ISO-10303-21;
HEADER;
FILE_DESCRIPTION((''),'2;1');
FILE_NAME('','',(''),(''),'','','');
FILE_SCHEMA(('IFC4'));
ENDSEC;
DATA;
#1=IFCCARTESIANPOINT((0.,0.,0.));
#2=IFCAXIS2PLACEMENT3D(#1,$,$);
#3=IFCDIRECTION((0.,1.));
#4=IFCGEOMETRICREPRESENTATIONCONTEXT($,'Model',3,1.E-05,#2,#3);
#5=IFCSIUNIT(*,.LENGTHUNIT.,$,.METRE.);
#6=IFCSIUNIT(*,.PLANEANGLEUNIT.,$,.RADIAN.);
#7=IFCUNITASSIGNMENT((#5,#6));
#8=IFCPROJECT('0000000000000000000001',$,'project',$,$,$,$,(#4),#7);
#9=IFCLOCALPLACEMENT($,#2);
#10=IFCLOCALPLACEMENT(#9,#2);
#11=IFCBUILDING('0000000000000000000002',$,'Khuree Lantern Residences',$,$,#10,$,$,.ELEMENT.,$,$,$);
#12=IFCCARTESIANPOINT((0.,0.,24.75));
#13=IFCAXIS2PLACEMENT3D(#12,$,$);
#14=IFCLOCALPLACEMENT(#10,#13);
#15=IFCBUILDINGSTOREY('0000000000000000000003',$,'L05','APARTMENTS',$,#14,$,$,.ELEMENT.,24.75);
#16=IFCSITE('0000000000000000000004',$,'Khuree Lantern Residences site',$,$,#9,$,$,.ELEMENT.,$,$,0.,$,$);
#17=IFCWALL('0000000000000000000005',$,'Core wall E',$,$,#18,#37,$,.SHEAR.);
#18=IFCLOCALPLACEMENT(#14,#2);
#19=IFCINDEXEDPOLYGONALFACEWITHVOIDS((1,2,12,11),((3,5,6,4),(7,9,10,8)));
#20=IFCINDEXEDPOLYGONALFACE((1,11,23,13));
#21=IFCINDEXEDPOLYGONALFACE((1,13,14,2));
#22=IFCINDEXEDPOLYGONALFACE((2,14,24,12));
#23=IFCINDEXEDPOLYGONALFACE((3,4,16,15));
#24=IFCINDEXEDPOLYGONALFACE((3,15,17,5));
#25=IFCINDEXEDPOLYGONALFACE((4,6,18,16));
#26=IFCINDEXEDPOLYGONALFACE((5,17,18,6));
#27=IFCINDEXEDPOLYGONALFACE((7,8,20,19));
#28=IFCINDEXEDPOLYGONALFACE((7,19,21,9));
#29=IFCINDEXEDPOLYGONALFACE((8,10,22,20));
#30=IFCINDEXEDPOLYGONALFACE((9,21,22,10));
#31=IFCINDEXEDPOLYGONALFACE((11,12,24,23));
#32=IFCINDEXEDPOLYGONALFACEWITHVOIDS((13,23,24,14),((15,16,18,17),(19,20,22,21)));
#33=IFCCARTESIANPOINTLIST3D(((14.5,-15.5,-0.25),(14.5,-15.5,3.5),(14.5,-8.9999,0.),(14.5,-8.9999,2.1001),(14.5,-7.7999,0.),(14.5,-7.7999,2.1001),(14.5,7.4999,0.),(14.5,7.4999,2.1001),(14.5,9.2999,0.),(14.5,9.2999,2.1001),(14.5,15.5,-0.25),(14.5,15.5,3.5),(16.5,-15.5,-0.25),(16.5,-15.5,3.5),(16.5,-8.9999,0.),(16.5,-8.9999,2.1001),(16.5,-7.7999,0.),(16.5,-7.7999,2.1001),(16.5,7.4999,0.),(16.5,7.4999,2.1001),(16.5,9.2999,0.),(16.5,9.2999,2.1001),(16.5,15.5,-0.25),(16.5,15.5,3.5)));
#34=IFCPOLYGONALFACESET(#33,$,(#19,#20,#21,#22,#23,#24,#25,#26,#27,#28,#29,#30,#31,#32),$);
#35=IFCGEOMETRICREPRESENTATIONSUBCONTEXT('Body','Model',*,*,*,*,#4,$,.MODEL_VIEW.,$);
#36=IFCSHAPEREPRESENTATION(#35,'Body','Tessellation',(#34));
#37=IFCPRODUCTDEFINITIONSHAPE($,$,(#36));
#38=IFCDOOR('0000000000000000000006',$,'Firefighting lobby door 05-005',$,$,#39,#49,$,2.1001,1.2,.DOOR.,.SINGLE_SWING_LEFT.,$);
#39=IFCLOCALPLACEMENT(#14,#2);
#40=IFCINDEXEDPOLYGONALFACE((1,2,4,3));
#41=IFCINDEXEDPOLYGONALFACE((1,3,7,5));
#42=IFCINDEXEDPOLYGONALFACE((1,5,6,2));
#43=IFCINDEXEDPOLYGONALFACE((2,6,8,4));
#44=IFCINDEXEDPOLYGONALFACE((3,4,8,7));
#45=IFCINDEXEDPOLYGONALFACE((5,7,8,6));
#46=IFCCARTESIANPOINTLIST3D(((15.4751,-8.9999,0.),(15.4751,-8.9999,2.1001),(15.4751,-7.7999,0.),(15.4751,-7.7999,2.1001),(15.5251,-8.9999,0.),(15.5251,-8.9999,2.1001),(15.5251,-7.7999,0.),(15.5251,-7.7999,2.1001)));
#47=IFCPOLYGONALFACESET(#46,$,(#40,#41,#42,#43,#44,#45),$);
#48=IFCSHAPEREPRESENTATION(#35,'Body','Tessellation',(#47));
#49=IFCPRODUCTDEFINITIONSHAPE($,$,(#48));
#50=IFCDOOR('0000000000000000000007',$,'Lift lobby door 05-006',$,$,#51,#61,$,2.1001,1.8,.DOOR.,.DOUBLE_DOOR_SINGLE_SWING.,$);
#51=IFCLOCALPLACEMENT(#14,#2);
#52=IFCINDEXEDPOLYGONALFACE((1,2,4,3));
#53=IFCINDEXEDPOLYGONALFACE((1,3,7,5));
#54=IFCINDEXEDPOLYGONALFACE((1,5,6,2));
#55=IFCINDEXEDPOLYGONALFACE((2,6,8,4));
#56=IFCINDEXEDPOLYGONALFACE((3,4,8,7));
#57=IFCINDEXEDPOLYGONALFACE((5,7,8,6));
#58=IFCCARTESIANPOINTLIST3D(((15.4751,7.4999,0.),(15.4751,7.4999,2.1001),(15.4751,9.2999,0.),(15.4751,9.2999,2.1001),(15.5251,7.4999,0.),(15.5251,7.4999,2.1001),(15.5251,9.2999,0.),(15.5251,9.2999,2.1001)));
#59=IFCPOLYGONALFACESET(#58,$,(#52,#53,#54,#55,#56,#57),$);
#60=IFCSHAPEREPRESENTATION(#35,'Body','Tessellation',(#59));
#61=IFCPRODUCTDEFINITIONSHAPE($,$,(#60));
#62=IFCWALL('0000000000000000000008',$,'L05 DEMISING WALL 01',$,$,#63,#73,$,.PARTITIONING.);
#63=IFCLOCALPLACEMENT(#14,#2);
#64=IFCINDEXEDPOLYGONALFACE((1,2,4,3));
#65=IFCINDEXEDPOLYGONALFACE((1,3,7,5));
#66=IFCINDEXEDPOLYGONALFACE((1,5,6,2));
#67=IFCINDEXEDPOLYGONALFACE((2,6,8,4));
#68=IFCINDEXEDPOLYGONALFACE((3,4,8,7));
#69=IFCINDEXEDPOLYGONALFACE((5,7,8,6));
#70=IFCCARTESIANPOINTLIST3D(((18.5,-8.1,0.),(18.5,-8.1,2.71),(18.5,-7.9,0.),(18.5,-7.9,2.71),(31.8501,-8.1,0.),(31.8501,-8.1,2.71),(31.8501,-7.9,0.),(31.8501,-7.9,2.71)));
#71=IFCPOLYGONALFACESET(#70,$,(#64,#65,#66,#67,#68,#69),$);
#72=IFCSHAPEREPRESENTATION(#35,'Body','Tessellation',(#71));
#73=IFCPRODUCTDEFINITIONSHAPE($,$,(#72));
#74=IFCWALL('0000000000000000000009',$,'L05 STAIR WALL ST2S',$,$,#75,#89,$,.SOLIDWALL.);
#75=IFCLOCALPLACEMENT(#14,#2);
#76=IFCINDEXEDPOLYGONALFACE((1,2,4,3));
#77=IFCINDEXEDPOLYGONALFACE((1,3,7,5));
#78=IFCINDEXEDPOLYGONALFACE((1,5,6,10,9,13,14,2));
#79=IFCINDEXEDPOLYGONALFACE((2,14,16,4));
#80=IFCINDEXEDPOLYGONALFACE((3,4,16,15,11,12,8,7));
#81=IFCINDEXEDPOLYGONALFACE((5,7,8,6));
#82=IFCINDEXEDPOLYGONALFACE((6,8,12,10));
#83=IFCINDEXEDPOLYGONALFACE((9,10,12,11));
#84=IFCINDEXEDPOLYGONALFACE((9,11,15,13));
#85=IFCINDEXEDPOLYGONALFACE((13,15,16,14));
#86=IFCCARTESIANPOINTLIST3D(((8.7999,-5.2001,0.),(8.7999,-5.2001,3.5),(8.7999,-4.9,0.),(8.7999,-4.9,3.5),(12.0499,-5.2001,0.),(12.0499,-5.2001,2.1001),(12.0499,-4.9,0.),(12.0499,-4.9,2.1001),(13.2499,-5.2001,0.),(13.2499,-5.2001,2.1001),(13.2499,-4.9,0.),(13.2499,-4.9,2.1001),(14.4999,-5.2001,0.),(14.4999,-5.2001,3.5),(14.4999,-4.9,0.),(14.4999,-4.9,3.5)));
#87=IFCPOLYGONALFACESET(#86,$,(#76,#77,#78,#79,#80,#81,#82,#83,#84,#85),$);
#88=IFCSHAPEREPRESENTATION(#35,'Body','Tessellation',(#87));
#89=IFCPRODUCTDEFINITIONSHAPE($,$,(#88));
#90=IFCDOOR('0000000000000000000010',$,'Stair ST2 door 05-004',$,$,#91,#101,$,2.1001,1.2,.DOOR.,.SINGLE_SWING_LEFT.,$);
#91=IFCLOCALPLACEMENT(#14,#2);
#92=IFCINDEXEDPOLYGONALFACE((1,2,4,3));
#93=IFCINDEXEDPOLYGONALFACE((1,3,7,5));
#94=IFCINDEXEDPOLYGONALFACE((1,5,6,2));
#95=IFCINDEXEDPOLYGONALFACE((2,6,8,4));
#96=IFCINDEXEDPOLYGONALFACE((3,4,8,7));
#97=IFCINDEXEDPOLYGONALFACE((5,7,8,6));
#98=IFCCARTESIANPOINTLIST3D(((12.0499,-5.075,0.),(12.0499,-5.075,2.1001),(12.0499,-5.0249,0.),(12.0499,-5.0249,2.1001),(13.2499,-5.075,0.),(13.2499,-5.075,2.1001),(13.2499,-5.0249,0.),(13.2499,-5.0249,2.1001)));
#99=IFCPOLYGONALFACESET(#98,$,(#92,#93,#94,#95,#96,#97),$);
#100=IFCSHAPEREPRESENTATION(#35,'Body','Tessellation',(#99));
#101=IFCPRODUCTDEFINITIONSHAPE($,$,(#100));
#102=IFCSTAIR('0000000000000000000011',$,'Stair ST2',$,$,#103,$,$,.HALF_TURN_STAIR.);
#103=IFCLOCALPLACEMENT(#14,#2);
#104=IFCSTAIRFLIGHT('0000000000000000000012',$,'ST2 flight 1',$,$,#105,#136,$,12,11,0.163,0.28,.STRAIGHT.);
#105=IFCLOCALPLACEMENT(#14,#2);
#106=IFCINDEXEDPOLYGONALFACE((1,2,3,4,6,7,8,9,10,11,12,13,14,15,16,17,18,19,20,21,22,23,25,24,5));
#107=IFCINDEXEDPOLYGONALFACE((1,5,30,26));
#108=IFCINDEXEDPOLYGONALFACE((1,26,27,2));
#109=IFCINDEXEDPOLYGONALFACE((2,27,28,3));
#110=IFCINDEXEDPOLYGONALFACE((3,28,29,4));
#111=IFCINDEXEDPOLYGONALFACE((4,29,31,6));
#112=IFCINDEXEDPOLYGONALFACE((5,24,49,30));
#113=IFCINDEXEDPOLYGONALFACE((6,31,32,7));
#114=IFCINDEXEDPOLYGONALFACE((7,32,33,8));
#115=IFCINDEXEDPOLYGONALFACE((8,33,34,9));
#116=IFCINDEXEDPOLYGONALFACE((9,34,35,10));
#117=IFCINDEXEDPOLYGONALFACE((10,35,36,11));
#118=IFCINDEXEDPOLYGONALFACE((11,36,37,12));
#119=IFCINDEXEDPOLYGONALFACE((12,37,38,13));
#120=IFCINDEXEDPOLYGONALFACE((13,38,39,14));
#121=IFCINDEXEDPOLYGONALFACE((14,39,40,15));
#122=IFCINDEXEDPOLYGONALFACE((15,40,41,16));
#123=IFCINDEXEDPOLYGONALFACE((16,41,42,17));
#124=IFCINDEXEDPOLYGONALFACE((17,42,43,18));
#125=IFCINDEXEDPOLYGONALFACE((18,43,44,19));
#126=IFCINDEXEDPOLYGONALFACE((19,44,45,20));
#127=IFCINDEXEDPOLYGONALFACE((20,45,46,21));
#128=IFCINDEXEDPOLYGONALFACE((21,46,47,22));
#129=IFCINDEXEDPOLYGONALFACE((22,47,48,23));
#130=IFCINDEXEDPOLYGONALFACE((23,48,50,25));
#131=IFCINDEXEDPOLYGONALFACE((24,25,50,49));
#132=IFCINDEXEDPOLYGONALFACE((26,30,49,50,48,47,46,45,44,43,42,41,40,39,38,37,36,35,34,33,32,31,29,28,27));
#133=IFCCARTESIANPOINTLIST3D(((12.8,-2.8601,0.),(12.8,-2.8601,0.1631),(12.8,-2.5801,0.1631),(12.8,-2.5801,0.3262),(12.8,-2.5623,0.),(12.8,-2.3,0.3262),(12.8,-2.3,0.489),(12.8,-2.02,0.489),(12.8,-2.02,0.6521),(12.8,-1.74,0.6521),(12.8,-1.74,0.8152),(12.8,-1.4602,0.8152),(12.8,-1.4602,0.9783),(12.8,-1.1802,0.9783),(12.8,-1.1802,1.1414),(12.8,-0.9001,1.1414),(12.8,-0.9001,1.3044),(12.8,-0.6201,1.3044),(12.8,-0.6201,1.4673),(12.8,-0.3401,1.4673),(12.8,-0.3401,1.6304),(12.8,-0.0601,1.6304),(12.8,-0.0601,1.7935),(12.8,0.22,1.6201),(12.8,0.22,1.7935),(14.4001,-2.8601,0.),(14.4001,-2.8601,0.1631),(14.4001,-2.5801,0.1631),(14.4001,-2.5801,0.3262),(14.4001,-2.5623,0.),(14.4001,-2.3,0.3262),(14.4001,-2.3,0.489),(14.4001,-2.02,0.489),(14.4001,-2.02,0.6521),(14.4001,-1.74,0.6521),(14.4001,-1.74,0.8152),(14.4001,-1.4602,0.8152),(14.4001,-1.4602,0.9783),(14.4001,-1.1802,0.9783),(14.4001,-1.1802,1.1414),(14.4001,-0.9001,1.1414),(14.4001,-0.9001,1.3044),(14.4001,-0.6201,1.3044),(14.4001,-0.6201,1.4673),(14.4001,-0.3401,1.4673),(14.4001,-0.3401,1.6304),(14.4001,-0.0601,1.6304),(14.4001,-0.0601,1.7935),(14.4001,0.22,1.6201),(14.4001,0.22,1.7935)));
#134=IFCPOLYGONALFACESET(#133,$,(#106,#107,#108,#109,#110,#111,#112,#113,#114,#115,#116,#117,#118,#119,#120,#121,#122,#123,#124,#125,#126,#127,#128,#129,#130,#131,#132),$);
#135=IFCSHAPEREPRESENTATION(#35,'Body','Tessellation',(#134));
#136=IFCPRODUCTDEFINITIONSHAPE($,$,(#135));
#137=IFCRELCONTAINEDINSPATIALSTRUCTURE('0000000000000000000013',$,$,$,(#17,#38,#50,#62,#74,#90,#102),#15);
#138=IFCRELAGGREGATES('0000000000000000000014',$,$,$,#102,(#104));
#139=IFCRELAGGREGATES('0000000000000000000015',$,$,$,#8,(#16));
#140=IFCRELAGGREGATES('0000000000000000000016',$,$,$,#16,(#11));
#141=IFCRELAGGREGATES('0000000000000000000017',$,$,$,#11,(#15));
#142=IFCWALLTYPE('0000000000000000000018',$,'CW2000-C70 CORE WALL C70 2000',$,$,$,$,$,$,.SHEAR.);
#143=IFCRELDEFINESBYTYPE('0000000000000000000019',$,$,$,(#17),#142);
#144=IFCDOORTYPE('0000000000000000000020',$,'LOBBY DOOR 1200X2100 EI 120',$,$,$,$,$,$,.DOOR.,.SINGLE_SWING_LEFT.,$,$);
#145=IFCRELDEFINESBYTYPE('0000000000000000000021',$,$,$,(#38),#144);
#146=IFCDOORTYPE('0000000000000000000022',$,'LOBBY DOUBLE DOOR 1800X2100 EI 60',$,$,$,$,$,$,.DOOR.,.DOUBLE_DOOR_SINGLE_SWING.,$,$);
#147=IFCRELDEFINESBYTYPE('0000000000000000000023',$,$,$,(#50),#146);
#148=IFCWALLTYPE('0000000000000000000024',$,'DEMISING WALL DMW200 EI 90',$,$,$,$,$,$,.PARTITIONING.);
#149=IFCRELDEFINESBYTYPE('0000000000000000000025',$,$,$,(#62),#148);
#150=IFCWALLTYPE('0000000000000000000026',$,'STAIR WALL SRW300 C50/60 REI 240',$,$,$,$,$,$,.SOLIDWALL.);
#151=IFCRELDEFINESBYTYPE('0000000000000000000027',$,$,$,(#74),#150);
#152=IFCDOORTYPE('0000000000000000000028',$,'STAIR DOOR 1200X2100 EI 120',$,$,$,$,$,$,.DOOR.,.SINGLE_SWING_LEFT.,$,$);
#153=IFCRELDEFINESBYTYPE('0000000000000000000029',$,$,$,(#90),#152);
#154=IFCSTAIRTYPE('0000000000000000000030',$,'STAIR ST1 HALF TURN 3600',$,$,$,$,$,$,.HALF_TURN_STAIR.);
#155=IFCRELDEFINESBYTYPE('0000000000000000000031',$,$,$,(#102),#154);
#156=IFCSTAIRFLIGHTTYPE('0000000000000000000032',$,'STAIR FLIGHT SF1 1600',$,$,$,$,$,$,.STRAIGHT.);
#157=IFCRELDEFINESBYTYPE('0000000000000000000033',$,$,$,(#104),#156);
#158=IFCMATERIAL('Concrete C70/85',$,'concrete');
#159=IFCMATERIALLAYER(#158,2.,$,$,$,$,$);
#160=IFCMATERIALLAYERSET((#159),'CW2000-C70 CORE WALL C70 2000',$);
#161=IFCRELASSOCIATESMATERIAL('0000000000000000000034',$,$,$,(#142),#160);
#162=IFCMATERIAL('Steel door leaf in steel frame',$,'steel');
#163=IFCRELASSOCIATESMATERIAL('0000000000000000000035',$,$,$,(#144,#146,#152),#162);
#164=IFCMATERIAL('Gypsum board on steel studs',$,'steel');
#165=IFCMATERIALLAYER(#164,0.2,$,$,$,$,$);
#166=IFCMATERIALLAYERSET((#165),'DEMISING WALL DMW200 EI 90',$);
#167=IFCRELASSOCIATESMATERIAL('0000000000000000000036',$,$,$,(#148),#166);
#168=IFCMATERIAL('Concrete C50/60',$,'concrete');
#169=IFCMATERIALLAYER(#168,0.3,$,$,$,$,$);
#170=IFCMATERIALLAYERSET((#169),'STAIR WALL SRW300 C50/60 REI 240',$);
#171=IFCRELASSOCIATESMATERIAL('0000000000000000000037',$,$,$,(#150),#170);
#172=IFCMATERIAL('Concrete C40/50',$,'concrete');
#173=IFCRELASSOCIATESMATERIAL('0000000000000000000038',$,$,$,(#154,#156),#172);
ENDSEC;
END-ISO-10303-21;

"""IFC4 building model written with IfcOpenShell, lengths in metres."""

from ifc_helpers import new_model, si_unit, direction, frame, frame_2d, origin, place, context, subcontext, project, spatial, polyline, rectangle, outline, extrude, material, layer, layer_set, type_object, element, fill, aggregate, save


model = new_model("IFC4")

# Units and contexts
model_context = context("Model", 3, precision=1e-05, world=origin(), true_north=direction((0.0, 1.0)))
body_context = subcontext(model_context, "Body", "Model", "MODEL_VIEW")
ifc_project = project(units=[si_unit("LENGTHUNIT", "METRE"), si_unit("PLANEANGLEUNIT", "RADIAN")], contexts=[model_context])

# Site, building, storey
site_placement = place(None, origin())
site = spatial("IfcSite", under=ifc_project, at=site_placement, Name="Khuree Lantern Residences site", CompositionType="ELEMENT", RefElevation=0.0)
building_placement = place(site_placement, origin())
building = spatial("IfcBuilding", under=site, at=building_placement, Name="Khuree Lantern Residences", CompositionType="ELEMENT")
storey_placement = place(building_placement, frame((0.0, 0.0, 24.75)))
storey = spatial("IfcBuildingStorey", under=building, at=storey_placement, Name="L05", Description="APARTMENTS", CompositionType="ELEMENT", Elevation=24.75)

# Shared definitions
ifc_material_1 = material(Name="Concrete C70/85", Category="concrete")

# Shared definitions
ifc_material_2 = material(Name="Gypsum board on steel studs", Category="steel")

# Wall, openings, doors
ifc_layer_1 = layer(ifc_material_1, 2.0)
ifc_layer_set_1 = layer_set([ifc_layer_1], Name="CW2000-C70 CORE WALL C70 2000")
wall_type_1 = type_object("IfcWallType", Name="CW2000-C70 CORE WALL C70 2000", PredefinedType="SHEAR", material=ifc_layer_set_1)
wall_1_placement = place(storey_placement, frame((15.5, -15.5, -0.25), z_axis=(0.0, 0.0, 1.0), x_axis=(0.0, 1.0, 0.0)))
wall_1 = element("IfcWall", 1, at=wall_1_placement, inside=storey, type_object=wall_type_1, Name="Core wall E", PredefinedType="SHEAR", context=body_context, shape_type="SweptSolid", body=[
    extrude(rectangle(XDim=31.0, YDim=2.0, at=frame_2d((15.5, 0.0))), origin(), (0.0, 0.0, 1.0), 3.75),
])
opening_1_placement = place(wall_1_placement, frame((6.5, 0.0, 0.25)))
opening_1 = element("IfcOpeningElement", 2, at=opening_1_placement, cuts=wall_1, PredefinedType="OPENING", context=body_context, shape_type="SweptSolid", body=[
    extrude(rectangle(XDim=1.2, YDim=2.1001, at=frame_2d((0.6001, 1.05))), frame((0.0, 1.01, 0.0), z_axis=(0.0, -1.0, 0.0), x_axis=(1.0, 0.0, 0.0)), (0.0, 0.0, 1.0), 2.02),
])
opening_2_placement = place(wall_1_placement, frame((23.0, 0.0, 0.25)))
opening_2 = element("IfcOpeningElement", 3, at=opening_2_placement, cuts=wall_1, PredefinedType="OPENING", context=body_context, shape_type="SweptSolid", body=[
    extrude(rectangle(XDim=1.8, YDim=2.1001, at=frame_2d((0.8999, 1.05))), frame((0.0, 1.01, 0.0), z_axis=(0.0, -1.0, 0.0), x_axis=(1.0, 0.0, 0.0)), (0.0, 0.0, 1.0), 2.02),
])
ifc_material_3 = material(Name="Steel door leaf in steel frame", Category="steel")
door_type_1 = type_object("IfcDoorType", Name="LOBBY DOOR 1200X2100 EI 120", OperationType="SINGLE_SWING_LEFT", PredefinedType="DOOR", material=ifc_material_3)
door_1_placement = place(opening_1_placement, origin())
door_1 = element("IfcDoor", 4, at=door_1_placement, inside=storey, type_object=door_type_1, Name="Firefighting lobby door 05-005", OperationType="SINGLE_SWING_LEFT", OverallHeight=2.1001, OverallWidth=1.2, PredefinedType="DOOR", context=body_context, shape_type="SweptSolid", body=[
    extrude(rectangle(XDim=1.2, YDim=2.1001, at=frame_2d((0.6001, 1.05))), frame((0.0, 0.0249, 0.0), z_axis=(0.0, -1.0, 0.0), x_axis=(1.0, 0.0, 0.0)), (0.0, 0.0, 1.0), 0.05),
])
fill(opening_1, door_1)
door_type_2 = type_object("IfcDoorType", Name="LOBBY DOUBLE DOOR 1800X2100 EI 60", OperationType="DOUBLE_DOOR_SINGLE_SWING", PredefinedType="DOOR", material=ifc_material_3)
door_2_placement = place(opening_2_placement, origin())
door_2 = element("IfcDoor", 5, at=door_2_placement, inside=storey, type_object=door_type_2, Name="Lift lobby door 05-006", OperationType="DOUBLE_DOOR_SINGLE_SWING", OverallHeight=2.1001, OverallWidth=1.8, PredefinedType="DOOR", context=body_context, shape_type="SweptSolid", body=[
    extrude(rectangle(XDim=1.8, YDim=2.1001, at=frame_2d((0.8999, 1.05))), frame((0.0, 0.0249, 0.0), z_axis=(0.0, -1.0, 0.0), x_axis=(1.0, 0.0, 0.0)), (0.0, 0.0, 1.0), 0.05),
])
fill(opening_2, door_2)

# Wall
ifc_layer_2 = layer(ifc_material_2, 0.2)
ifc_layer_set_2 = layer_set([ifc_layer_2], Name="DEMISING WALL DMW200 EI 90")
wall_type_2 = type_object("IfcWallType", Name="DEMISING WALL DMW200 EI 90", PredefinedType="PARTITIONING", material=ifc_layer_set_2)
wall_2_placement = place(storey_placement, frame((18.5, -8.0, 0.0), z_axis=(0.0, 0.0, 1.0), x_axis=(1.0, 0.0, 0.0)))
element("IfcWall", 6, at=wall_2_placement, inside=storey, type_object=wall_type_2, Name="L05 DEMISING WALL 01", PredefinedType="PARTITIONING", context=body_context, shape_type="SweptSolid", body=[
    extrude(rectangle(XDim=13.3501, YDim=0.2, at=frame_2d((6.675, 0.0))), origin(), (0.0, 0.0, 1.0), 2.71),
])

# Wall, opening, door
ifc_material_4 = material(Name="Concrete C50/60", Category="concrete")
ifc_layer_3 = layer(ifc_material_4, 0.3)
ifc_layer_set_3 = layer_set([ifc_layer_3], Name="STAIR WALL SRW300 C50/60 REI 240")
wall_type_3 = type_object("IfcWallType", Name="STAIR WALL SRW300 C50/60 REI 240", PredefinedType="SOLIDWALL", material=ifc_layer_set_3)
wall_3_placement = place(storey_placement, frame((14.5, -5.05, 0.0), z_axis=(0.0, 0.0, 1.0), x_axis=(-1.0, 0.0, 0.0)))
wall_3 = element("IfcWall", 7, at=wall_3_placement, inside=storey, type_object=wall_type_3, Name="L05 STAIR WALL ST2S", PredefinedType="SOLIDWALL", context=body_context, shape_type="SweptSolid", body=[
    extrude(rectangle(XDim=5.7, YDim=0.3, at=frame_2d((2.8501, 0.0))), origin(), (0.0, 0.0, 1.0), 3.5),
])
opening_3_placement = place(wall_3_placement, frame((1.25, 0.0, 0.0)))
opening_3 = element("IfcOpeningElement", 8, at=opening_3_placement, cuts=wall_3, PredefinedType="OPENING", context=body_context, shape_type="SweptSolid", body=[
    extrude(rectangle(XDim=1.2, YDim=2.1001, at=frame_2d((0.6001, 1.05))), frame((0.0, 0.1602, 0.0), z_axis=(0.0, -1.0, 0.0), x_axis=(1.0, 0.0, 0.0)), (0.0, 0.0, 1.0), 0.3201),
])
door_type_3 = type_object("IfcDoorType", Name="STAIR DOOR 1200X2100 EI 120", OperationType="SINGLE_SWING_LEFT", PredefinedType="DOOR", material=ifc_material_3)
door_3_placement = place(opening_3_placement, origin())
door_3 = element("IfcDoor", 9, at=door_3_placement, inside=storey, type_object=door_type_3, Name="Stair ST2 door 05-004", OperationType="SINGLE_SWING_LEFT", OverallHeight=2.1001, OverallWidth=1.2, PredefinedType="DOOR", context=body_context, shape_type="SweptSolid", body=[
    extrude(rectangle(XDim=1.2, YDim=2.1001, at=frame_2d((0.6001, 1.05))), frame((0.0, 0.0249, 0.0), z_axis=(0.0, -1.0, 0.0), x_axis=(1.0, 0.0, 0.0)), (0.0, 0.0, 1.0), 0.05),
])
fill(opening_3, door_3)

# Stair, stair flight
ifc_material_5 = material(Name="Concrete C40/50", Category="concrete")
stair_type = type_object("IfcStairType", Name="STAIR ST1 HALF TURN 3600", PredefinedType="HALF_TURN_STAIR", material=ifc_material_5)
stair_placement = place(storey_placement, origin())
stair = element("IfcStair", 10, at=stair_placement, inside=storey, type_object=stair_type, Name="Stair ST2", PredefinedType="HALF_TURN_STAIR")
stair_flight_type = type_object("IfcStairFlightType", Name="STAIR FLIGHT SF1 1600", PredefinedType="STRAIGHT", material=ifc_material_5)
stair_flight_placement = place(storey_placement, frame((13.6001, -2.8601, 0.0), z_axis=(0.0, 0.0, 1.0), x_axis=(0.0, 1.0, 0.0)))
stair_flight = element("IfcStairFlight", 11, at=stair_flight_placement, type_object=stair_flight_type, Name="ST2 flight 1", NumberOfRisers=12, NumberOfTreads=11, PredefinedType="STRAIGHT", RiserHeight=0.163, TreadLength=0.28, context=body_context, shape_type="SweptSolid", body=[
    extrude(outline(polyline([(0.0, 0.0), (0.0, 0.1631), (0.28, 0.1631), (0.28, 0.3262), (0.5601, 0.3262), (0.5601, 0.489), (0.8401, 0.489), (0.8401, 0.6521), (1.1201, 0.6521), (1.1201, 0.8152), (1.3999, 0.8152), (1.3999, 0.9783), (1.6799, 0.9783), (1.6799, 1.1414), (1.96, 1.1414), (1.96, 1.3044), (2.24, 1.3044), (2.24, 1.4673), (2.52, 1.4673), (2.52, 1.6304), (2.8, 1.6304), (2.8, 1.7935), (3.0801, 1.7935), (3.0801, 1.9565), (3.0801, 1.6201), (0.2979, 0.0), (0.0, 0.0)])), frame((0.0, 0.8, 0.0), z_axis=(0.0, -1.0, 0.0), x_axis=(1.0, 0.0, 0.0)), (0.0, 0.0, 1.0), 1.6001),
])
aggregate(stair, [stair_flight])

save(model, "model.ifc")
